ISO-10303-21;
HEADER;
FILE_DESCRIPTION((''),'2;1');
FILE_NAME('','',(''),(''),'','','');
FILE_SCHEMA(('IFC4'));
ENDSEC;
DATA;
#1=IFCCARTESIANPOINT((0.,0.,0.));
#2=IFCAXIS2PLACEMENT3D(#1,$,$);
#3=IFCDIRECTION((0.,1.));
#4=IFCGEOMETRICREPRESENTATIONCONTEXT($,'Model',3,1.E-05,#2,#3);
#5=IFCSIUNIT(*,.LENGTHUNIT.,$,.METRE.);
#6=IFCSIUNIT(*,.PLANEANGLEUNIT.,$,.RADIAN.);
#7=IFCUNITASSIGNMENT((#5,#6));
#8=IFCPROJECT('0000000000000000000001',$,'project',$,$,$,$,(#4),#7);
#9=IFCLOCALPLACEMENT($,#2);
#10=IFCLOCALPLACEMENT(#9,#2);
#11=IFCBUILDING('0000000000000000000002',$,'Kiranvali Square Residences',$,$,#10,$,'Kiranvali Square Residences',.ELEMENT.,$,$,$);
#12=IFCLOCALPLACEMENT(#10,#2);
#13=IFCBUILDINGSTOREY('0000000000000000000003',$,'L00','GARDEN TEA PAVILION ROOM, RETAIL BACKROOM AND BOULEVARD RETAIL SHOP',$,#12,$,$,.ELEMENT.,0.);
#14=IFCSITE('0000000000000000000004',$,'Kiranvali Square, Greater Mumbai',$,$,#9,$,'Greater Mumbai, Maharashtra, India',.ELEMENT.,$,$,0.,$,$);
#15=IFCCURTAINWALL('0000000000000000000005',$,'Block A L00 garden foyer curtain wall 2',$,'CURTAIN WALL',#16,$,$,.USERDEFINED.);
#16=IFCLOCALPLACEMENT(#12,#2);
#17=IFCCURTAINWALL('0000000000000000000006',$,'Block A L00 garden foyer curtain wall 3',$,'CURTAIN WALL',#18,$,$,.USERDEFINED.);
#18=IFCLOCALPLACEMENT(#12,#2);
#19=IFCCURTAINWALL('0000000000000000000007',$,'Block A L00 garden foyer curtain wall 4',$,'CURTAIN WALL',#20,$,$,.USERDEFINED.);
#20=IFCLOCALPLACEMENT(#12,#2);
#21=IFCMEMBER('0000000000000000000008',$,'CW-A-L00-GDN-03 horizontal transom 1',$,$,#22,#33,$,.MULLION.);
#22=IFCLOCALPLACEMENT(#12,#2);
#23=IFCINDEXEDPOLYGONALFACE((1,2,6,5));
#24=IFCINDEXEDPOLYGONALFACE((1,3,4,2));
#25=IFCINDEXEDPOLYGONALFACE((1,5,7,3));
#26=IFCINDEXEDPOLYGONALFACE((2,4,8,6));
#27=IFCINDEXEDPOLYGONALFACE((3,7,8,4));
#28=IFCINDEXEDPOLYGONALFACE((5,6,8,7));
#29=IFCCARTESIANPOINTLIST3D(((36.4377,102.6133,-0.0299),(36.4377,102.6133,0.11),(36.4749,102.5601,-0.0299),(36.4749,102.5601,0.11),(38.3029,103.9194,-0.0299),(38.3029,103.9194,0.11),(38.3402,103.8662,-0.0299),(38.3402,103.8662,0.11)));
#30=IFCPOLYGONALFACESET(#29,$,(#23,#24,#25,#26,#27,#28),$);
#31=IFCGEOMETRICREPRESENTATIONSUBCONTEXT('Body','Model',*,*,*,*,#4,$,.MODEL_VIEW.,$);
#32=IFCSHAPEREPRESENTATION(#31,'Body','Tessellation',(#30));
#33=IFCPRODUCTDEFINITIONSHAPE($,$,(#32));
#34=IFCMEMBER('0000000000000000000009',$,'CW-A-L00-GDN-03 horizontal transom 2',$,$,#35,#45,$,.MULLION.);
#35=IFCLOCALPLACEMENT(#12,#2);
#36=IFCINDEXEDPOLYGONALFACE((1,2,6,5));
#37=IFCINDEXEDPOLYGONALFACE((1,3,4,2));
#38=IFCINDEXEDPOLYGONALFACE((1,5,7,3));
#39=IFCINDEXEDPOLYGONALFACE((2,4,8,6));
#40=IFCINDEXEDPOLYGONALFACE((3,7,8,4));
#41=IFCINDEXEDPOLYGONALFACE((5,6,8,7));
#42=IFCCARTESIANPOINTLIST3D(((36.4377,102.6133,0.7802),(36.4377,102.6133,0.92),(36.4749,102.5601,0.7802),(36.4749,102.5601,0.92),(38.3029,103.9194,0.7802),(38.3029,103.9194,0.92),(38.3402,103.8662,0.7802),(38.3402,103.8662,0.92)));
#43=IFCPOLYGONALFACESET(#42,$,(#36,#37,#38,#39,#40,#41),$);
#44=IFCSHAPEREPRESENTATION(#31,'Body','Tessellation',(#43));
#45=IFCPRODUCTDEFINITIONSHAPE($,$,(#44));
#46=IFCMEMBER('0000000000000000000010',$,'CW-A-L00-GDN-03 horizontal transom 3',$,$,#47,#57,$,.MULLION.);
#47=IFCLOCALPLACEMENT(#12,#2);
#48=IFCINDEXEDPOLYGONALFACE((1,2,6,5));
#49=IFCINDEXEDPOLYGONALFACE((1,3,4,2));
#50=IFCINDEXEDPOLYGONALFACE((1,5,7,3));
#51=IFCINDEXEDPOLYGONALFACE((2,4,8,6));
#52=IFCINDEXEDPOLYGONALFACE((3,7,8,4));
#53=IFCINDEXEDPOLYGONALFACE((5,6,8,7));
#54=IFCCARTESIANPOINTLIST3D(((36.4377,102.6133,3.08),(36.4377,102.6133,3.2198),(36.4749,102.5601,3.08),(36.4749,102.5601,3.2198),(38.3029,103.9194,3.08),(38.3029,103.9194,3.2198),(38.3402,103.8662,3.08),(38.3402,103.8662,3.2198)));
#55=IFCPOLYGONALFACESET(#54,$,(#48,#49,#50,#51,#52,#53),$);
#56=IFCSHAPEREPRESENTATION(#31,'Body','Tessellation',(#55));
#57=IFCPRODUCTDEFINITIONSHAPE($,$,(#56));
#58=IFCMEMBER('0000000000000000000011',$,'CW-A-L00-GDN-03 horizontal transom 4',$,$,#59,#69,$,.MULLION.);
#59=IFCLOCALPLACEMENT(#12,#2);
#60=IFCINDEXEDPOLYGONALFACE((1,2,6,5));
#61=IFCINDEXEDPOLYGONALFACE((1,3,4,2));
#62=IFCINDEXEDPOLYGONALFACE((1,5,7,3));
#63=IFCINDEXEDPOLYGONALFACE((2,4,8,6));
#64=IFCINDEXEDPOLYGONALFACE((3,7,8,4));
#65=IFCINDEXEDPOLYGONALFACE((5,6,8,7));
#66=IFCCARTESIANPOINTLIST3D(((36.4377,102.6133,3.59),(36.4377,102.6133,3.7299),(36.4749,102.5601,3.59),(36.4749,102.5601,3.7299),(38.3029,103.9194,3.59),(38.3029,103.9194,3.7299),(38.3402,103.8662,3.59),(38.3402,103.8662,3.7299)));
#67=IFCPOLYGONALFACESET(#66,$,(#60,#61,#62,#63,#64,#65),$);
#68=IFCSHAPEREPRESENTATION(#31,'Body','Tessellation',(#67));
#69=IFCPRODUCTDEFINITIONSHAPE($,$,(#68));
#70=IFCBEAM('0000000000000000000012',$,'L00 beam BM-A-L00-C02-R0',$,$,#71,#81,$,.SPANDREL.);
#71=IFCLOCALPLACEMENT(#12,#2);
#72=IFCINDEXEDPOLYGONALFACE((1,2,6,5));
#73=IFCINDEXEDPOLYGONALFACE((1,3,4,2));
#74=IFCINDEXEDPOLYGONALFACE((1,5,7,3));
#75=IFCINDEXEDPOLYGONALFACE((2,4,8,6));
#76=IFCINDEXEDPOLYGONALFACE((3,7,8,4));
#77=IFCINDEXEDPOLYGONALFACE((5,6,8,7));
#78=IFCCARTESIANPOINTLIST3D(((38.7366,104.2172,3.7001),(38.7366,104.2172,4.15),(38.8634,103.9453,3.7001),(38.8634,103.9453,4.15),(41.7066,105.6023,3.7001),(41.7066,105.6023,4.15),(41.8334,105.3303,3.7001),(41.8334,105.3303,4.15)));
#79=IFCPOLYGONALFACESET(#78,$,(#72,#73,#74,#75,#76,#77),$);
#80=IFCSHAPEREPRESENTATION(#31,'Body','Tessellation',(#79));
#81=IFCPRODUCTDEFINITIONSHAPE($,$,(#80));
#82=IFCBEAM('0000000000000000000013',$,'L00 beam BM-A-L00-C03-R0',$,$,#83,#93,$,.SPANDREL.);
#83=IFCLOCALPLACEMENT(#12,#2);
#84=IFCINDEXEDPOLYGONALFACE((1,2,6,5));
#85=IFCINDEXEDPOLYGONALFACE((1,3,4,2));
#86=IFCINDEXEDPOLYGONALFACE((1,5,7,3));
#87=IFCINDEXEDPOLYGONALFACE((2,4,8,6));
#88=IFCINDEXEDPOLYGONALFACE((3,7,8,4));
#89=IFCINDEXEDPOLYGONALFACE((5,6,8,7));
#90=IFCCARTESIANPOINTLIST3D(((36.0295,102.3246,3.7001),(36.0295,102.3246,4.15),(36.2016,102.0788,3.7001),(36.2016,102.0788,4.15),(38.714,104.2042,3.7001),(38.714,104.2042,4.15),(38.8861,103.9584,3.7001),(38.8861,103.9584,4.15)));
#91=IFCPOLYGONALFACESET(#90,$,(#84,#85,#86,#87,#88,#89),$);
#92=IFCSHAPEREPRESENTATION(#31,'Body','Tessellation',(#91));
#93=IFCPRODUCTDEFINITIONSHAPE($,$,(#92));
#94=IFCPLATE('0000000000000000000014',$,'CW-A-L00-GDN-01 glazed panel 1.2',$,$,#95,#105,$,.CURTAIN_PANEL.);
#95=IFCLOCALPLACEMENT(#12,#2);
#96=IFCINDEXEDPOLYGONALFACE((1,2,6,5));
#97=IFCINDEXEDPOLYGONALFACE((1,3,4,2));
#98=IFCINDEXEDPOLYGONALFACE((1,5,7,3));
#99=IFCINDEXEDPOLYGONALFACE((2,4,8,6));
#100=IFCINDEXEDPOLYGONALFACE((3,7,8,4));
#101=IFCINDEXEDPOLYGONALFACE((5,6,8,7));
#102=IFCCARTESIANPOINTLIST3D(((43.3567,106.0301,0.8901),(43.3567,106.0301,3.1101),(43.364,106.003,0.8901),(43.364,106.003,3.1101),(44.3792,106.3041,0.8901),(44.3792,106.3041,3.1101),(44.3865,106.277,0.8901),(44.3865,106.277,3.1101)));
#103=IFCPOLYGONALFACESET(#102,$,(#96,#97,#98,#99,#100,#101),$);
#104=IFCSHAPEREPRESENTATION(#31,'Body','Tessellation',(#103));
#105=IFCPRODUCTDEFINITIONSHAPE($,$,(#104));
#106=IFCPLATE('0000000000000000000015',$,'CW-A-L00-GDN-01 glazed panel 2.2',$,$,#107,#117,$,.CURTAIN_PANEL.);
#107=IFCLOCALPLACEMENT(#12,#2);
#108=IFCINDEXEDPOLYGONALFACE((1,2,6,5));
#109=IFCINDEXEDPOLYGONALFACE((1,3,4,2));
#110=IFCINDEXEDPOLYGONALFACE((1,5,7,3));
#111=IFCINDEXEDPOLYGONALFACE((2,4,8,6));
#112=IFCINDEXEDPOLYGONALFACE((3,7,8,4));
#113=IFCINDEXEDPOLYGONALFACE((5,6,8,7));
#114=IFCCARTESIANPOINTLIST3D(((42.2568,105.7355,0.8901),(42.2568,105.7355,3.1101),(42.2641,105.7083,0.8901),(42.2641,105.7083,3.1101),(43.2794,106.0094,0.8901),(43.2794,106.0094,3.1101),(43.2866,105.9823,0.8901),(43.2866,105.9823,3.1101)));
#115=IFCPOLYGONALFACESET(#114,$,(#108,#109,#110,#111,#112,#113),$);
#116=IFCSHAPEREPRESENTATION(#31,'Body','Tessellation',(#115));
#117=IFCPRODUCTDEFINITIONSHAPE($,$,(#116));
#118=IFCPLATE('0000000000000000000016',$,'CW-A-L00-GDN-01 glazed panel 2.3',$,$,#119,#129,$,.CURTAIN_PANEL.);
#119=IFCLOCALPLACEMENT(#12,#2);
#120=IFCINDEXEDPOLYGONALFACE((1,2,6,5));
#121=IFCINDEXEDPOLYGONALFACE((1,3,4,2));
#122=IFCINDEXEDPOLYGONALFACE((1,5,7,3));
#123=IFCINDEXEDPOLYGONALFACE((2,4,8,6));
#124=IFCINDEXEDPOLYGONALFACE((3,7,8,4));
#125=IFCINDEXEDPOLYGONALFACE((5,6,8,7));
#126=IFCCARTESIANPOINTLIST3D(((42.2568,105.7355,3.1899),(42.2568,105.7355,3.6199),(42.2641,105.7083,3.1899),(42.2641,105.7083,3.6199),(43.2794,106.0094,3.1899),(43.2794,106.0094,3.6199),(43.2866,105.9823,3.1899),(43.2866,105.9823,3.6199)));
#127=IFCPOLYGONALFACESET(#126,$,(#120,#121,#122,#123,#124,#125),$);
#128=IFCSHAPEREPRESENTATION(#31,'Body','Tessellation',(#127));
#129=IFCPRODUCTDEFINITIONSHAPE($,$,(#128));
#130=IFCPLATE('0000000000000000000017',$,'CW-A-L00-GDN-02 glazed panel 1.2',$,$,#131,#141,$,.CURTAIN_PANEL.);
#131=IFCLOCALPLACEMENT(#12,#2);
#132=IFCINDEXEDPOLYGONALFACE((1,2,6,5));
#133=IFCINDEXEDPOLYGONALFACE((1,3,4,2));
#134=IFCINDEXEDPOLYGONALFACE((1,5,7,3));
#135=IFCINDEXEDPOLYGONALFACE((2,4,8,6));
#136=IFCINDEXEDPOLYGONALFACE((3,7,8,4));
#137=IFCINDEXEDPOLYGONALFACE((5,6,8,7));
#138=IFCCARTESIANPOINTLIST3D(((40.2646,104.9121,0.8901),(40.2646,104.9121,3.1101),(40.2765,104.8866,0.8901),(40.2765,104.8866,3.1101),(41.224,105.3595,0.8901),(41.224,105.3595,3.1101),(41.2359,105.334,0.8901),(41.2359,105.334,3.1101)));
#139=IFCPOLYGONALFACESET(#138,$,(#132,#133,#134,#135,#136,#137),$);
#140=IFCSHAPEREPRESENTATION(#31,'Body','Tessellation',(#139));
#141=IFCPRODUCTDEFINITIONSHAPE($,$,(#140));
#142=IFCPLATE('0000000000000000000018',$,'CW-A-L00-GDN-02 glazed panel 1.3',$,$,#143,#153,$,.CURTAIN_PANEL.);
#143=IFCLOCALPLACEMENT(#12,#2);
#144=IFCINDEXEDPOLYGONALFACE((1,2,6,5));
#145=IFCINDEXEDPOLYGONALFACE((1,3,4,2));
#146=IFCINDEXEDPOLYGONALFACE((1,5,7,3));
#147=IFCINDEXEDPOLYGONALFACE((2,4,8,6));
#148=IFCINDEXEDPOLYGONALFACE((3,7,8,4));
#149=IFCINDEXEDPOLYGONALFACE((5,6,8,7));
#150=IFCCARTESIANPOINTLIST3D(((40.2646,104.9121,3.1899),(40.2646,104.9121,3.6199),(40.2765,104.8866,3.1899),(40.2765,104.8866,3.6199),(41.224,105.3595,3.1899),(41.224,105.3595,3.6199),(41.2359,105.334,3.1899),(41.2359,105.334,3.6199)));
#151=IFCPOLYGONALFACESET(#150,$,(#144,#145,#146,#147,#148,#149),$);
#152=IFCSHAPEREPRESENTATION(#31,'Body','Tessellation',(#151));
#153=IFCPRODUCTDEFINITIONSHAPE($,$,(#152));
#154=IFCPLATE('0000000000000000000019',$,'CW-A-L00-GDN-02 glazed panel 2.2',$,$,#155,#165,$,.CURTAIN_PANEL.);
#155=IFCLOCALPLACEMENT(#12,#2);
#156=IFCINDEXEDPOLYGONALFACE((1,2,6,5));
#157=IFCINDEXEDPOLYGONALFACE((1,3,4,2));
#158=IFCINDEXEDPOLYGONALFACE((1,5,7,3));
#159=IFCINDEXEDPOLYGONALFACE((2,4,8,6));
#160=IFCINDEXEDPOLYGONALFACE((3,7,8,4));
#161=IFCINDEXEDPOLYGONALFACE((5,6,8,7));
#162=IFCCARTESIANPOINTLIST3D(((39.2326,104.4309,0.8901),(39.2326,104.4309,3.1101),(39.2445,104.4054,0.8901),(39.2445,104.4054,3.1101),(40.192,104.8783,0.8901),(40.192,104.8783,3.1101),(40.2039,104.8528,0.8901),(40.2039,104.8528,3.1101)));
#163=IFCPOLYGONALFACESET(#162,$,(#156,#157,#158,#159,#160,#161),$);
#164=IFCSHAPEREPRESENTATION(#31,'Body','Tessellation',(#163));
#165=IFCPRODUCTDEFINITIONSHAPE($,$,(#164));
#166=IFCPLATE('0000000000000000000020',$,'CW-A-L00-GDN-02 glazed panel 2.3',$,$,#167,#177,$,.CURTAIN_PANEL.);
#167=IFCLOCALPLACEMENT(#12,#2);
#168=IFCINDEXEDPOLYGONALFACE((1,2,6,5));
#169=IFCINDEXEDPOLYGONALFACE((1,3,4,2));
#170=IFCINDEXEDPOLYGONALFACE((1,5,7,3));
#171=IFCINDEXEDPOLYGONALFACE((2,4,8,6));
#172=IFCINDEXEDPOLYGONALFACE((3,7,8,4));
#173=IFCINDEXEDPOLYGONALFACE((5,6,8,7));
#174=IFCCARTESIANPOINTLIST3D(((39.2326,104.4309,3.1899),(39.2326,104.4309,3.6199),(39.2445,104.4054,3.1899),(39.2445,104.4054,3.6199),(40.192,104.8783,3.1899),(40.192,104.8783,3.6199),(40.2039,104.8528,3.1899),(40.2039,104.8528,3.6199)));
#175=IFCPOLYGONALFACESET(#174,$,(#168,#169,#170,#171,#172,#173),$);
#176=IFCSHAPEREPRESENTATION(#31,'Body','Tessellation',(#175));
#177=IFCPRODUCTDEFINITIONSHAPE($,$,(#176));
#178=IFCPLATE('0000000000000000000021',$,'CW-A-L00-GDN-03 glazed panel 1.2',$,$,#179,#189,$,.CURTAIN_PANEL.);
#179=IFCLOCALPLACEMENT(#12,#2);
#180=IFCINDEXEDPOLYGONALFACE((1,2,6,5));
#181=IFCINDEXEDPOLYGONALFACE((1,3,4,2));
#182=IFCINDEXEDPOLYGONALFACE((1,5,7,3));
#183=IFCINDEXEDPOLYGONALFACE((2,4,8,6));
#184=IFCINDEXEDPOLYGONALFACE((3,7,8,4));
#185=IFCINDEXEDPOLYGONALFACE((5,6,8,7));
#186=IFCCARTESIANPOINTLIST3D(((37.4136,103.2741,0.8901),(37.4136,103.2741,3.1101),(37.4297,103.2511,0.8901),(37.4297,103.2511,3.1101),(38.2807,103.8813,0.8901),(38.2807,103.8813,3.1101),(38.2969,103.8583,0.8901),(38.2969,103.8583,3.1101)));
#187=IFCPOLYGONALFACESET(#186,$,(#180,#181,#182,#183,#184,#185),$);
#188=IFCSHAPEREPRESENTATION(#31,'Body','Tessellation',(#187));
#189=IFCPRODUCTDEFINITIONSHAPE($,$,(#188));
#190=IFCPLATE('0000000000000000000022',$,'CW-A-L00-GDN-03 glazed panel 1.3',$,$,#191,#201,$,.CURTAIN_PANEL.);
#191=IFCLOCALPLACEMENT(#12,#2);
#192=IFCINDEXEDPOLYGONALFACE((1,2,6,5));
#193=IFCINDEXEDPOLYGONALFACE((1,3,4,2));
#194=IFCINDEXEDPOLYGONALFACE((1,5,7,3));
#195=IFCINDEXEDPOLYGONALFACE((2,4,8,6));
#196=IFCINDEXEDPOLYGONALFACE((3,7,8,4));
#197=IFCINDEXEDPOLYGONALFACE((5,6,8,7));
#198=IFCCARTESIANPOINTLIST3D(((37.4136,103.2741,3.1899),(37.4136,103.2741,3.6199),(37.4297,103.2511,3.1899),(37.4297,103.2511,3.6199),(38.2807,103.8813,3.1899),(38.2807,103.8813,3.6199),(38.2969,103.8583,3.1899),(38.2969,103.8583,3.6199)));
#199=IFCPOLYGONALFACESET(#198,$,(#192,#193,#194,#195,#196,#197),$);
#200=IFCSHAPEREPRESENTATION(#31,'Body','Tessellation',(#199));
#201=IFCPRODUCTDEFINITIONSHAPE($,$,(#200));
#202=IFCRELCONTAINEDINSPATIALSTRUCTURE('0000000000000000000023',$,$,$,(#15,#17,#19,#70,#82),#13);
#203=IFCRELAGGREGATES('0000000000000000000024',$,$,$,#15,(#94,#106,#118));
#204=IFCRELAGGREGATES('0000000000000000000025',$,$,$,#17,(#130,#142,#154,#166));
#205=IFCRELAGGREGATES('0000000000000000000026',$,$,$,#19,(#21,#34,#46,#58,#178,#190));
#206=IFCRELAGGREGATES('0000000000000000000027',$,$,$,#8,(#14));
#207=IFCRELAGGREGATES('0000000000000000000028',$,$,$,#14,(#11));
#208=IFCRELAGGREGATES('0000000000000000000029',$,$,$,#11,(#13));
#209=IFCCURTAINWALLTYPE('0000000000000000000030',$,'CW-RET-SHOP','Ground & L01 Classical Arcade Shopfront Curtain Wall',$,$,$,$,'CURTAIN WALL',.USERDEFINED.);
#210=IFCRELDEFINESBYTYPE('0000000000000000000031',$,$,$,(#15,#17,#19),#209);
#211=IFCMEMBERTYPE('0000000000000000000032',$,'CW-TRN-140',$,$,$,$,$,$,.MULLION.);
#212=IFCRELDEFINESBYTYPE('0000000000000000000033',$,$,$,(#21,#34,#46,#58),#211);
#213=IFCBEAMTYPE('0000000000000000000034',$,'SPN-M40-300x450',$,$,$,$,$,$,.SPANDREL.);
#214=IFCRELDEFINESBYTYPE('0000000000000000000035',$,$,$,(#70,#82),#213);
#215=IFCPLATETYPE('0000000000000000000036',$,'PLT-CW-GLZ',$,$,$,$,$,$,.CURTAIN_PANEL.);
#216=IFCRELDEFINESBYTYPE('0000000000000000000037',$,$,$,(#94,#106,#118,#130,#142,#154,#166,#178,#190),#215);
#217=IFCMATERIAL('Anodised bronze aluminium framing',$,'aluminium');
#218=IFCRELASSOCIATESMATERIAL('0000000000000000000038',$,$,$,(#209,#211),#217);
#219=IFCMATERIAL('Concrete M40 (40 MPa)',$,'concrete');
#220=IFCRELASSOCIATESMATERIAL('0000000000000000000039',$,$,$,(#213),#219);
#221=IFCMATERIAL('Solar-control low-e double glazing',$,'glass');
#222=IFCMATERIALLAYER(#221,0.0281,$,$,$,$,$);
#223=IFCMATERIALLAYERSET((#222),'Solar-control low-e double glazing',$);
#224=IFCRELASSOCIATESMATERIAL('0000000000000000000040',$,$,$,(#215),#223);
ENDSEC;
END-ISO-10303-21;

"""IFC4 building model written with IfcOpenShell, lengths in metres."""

from ifc_helpers import new_model, si_unit, direction, frame, origin, origin_2d, place, context, subcontext, project, spatial, rectangle, extrude, material, layer, layer_set, material_profile, profile_set, type_object, element, aggregate, save


model = new_model("IFC4")

# Units and contexts
model_context = context("Model", 3, precision=1e-05, world=origin(), true_north=direction((0.0, 1.0)))
body_context = subcontext(model_context, "Body", "Model", "MODEL_VIEW")
ifc_project = project(units=[si_unit("LENGTHUNIT", "METRE"), si_unit("PLANEANGLEUNIT", "RADIAN")], contexts=[model_context])

# Site, building, storey
site_placement = place(None, origin())
site = spatial("IfcSite", under=ifc_project, at=site_placement, Name="Kiranvali Square, Greater Mumbai", LongName="Greater Mumbai, Maharashtra, India", CompositionType="ELEMENT", RefElevation=0.0)
building_placement = place(site_placement, origin())
building = spatial("IfcBuilding", under=site, at=building_placement, Name="Kiranvali Square Residences", LongName="Kiranvali Square Residences", CompositionType="ELEMENT")
storey_placement = place(building_placement, origin())
storey = spatial("IfcBuildingStorey", under=building, at=storey_placement, Name="L00", Description="GARDEN TEA PAVILION ROOM, RETAIL BACKROOM AND BOULEVARD RETAIL SHOP", CompositionType="ELEMENT", Elevation=0.0)

# Curtain walls
ifc_material_1 = material(Name="Anodised bronze aluminium framing", Category="aluminium")
curtain_wall_type = type_object("IfcCurtainWallType", Name="CW-RET-SHOP", Description="Ground & L01 Classical Arcade Shopfront Curtain Wall", ElementType="CURTAIN WALL", PredefinedType="USERDEFINED", material=ifc_material_1)
curtain_wall_1_placement = place(storey_placement, origin())
curtain_wall_1 = element("IfcCurtainWall", 1, at=curtain_wall_1_placement, inside=storey, type_object=curtain_wall_type, Name="Block A L00 garden foyer curtain wall 2", ObjectType="CURTAIN WALL", PredefinedType="USERDEFINED")
curtain_wall_2_placement = place(storey_placement, origin())
curtain_wall_2 = element("IfcCurtainWall", 2, at=curtain_wall_2_placement, inside=storey, type_object=curtain_wall_type, Name="Block A L00 garden foyer curtain wall 3", ObjectType="CURTAIN WALL", PredefinedType="USERDEFINED")

# Curtain wall
curtain_wall_3_placement = place(storey_placement, origin())
curtain_wall_3 = element("IfcCurtainWall", 3, at=curtain_wall_3_placement, inside=storey, type_object=curtain_wall_type, Name="Block A L00 garden foyer curtain wall 4", ObjectType="CURTAIN WALL", PredefinedType="USERDEFINED")

# Members
ifc_material_profile_1 = material_profile(ifc_material_1, rectangle(XDim=0.0649, YDim=0.1399, at=origin_2d()), Name="ALU 65x140")
ifc_profile_set_1 = profile_set([ifc_material_profile_1], Name="Anodised bronze aluminium framing")
member_type_1 = type_object("IfcMemberType", Name="CW-TRN-140", PredefinedType="MULLION", material=ifc_profile_set_1)
member_1_placement = place(storey_placement, frame((38.3215, 103.8928, 0.04), z_axis=(-0.819131, -0.573606, 0.0), x_axis=(0.573606, -0.819131, 0.0)))
member_1 = element("IfcMember", 4, at=member_1_placement, type_object=member_type_1, Name="CW-A-L00-GDN-03 horizontal transom 1", PredefinedType="MULLION", context=body_context, shape_type="SweptSolid", body=[
    extrude(rectangle(XDim=0.0649, YDim=0.1399, at=origin_2d()), origin(), (0.0, 0.0, 1.0), 2.2771),
])
member_2_placement = place(storey_placement, frame((38.3215, 103.8928, 0.8501), z_axis=(-0.819131, -0.573606, 0.0), x_axis=(0.573606, -0.819131, 0.0)))
member_2 = element("IfcMember", 5, at=member_2_placement, type_object=member_type_1, Name="CW-A-L00-GDN-03 horizontal transom 2", PredefinedType="MULLION", context=body_context, shape_type="SweptSolid", body=[
    extrude(rectangle(XDim=0.0649, YDim=0.1399, at=origin_2d()), origin(), (0.0, 0.0, 1.0), 2.2771),
])
member_3_placement = place(storey_placement, frame((38.3215, 103.8928, 3.1499), z_axis=(-0.819131, -0.573606, 0.0), x_axis=(0.573606, -0.819131, 0.0)))
member_3 = element("IfcMember", 6, at=member_3_placement, type_object=member_type_1, Name="CW-A-L00-GDN-03 horizontal transom 3", PredefinedType="MULLION", context=body_context, shape_type="SweptSolid", body=[
    extrude(rectangle(XDim=0.0649, YDim=0.1399, at=origin_2d()), origin(), (0.0, 0.0, 1.0), 2.2771),
])
member_4_placement = place(storey_placement, frame((38.3215, 103.8928, 3.6599), z_axis=(-0.819131, -0.573606, 0.0), x_axis=(0.573606, -0.819131, 0.0)))
member_4 = element("IfcMember", 7, at=member_4_placement, type_object=member_type_1, Name="CW-A-L00-GDN-03 horizontal transom 4", PredefinedType="MULLION", context=body_context, shape_type="SweptSolid", body=[
    extrude(rectangle(XDim=0.0649, YDim=0.1399, at=origin_2d()), origin(), (0.0, 0.0, 1.0), 2.2771),
])

# Beams
ifc_material_2 = material(Name="Concrete M40 (40 MPa)", Category="concrete")
ifc_material_profile_2 = material_profile(ifc_material_2, rectangle(XDim=0.3, YDim=0.45, at=origin_2d()), Name="RC 300x450")
ifc_profile_set_2 = profile_set([ifc_material_profile_2], Name="Concrete M40 (40 MPa)")
beam_type_1 = type_object("IfcBeamType", Name="SPN-M40-300x450", PredefinedType="SPANDREL", material=ifc_profile_set_2)
for number, where, z_axis, x_axis, name in (
    (8, (41.77, 105.4663, 3.925), (-0.906297, -0.422641, 0.0), (0.422641, -0.906297, 0.0), "L00 beam BM-A-L00-C02-R0"),
    (9, (38.8, 104.0813, 3.925), (-0.819169, -0.573552, 0.0), (0.573552, -0.819169, 0.0), "L00 beam BM-A-L00-C03-R0"),
):
    element("IfcBeam", number, at=place(storey_placement, frame(where, z_axis=z_axis, x_axis=x_axis)), inside=storey, type_object=beam_type_1, Name=name, PredefinedType="SPANDREL", context=body_context, shape_type="SweptSolid", body=[
        extrude(rectangle(XDim=0.3, YDim=0.45, at=origin_2d()), origin(), (0.0, 0.0, 1.0), 3.2771),
    ])

# Plates
ifc_material_3 = material(Name="Solar-control low-e double glazing", Category="glass")
ifc_layer_1 = layer(ifc_material_3, 0.0281)
ifc_layer_set_1 = layer_set([ifc_layer_1], Name="Solar-control low-e double glazing")
plate_type_1 = type_object("IfcPlateType", Name="PLT-CW-GLZ", PredefinedType="CURTAIN_PANEL", material=ifc_layer_set_1)
plate_1_placement = place(storey_placement, frame((43.8716, 106.1536, 0.8901), z_axis=(0.0, 0.0, 1.0), x_axis=(-0.965926, -0.258819, 0.0)))
plate_1 = element("IfcPlate", 10, at=plate_1_placement, type_object=plate_type_1, Name="CW-A-L00-GDN-01 glazed panel 1.2", PredefinedType="CURTAIN_PANEL", context=body_context, shape_type="SweptSolid", body=[
    extrude(rectangle(XDim=1.0586, YDim=0.0281, at=origin_2d()), origin(), (0.0, 0.0, 1.0), 2.22),
])
plate_2_placement = place(storey_placement, frame((42.7717, 105.8589, 0.8901), z_axis=(0.0, 0.0, 1.0), x_axis=(-0.965926, -0.258819, 0.0)))
plate_2 = element("IfcPlate", 11, at=plate_2_placement, type_object=plate_type_1, Name="CW-A-L00-GDN-01 glazed panel 2.2", PredefinedType="CURTAIN_PANEL", context=body_context, shape_type="SweptSolid", body=[
    extrude(rectangle(XDim=1.0586, YDim=0.0281, at=origin_2d()), origin(), (0.0, 0.0, 1.0), 2.22),
])
plate_3_placement = place(storey_placement, frame((42.7717, 105.8589, 3.1899), z_axis=(0.0, 0.0, 1.0), x_axis=(-0.965926, -0.258819, 0.0)))
plate_3 = element("IfcPlate", 12, at=plate_3_placement, type_object=plate_type_1, Name="CW-A-L00-GDN-01 glazed panel 2.3", PredefinedType="CURTAIN_PANEL", context=body_context, shape_type="SweptSolid", body=[
    extrude(rectangle(XDim=1.0586, YDim=0.0281, at=origin_2d()), origin(), (0.0, 0.0, 1.0), 0.4299),
])
plate_4_placement = place(storey_placement, frame((40.7502, 105.123, 0.8901), z_axis=(0.0, 0.0, 1.0), x_axis=(-0.906308, -0.422618, 0.0)))
plate_4 = element("IfcPlate", 13, at=plate_4_placement, type_object=plate_type_1, Name="CW-A-L00-GDN-02 glazed panel 1.2", PredefinedType="CURTAIN_PANEL", context=body_context, shape_type="SweptSolid", body=[
    extrude(rectangle(XDim=1.0586, YDim=0.0281, at=origin_2d()), origin(), (0.0, 0.0, 1.0), 2.22),
])
plate_5_placement = place(storey_placement, frame((40.7502, 105.123, 3.1899), z_axis=(0.0, 0.0, 1.0), x_axis=(-0.906308, -0.422618, 0.0)))
plate_5 = element("IfcPlate", 14, at=plate_5_placement, type_object=plate_type_1, Name="CW-A-L00-GDN-02 glazed panel 1.3", PredefinedType="CURTAIN_PANEL", context=body_context, shape_type="SweptSolid", body=[
    extrude(rectangle(XDim=1.0586, YDim=0.0281, at=origin_2d()), origin(), (0.0, 0.0, 1.0), 0.4299),
])
plate_6_placement = place(storey_placement, frame((39.7183, 104.6418, 0.8901), z_axis=(0.0, 0.0, 1.0), x_axis=(-0.906308, -0.422618, 0.0)))
plate_6 = element("IfcPlate", 15, at=plate_6_placement, type_object=plate_type_1, Name="CW-A-L00-GDN-02 glazed panel 2.2", PredefinedType="CURTAIN_PANEL", context=body_context, shape_type="SweptSolid", body=[
    extrude(rectangle(XDim=1.0586, YDim=0.0281, at=origin_2d()), origin(), (0.0, 0.0, 1.0), 2.22),
])
plate_7_placement = place(storey_placement, frame((39.7183, 104.6418, 3.1899), z_axis=(0.0, 0.0, 1.0), x_axis=(-0.906308, -0.422618, 0.0)))
plate_7 = element("IfcPlate", 16, at=plate_7_placement, type_object=plate_type_1, Name="CW-A-L00-GDN-02 glazed panel 2.3", PredefinedType="CURTAIN_PANEL", context=body_context, shape_type="SweptSolid", body=[
    extrude(rectangle(XDim=1.0586, YDim=0.0281, at=origin_2d()), origin(), (0.0, 0.0, 1.0), 0.4299),
])
plate_8_placement = place(storey_placement, frame((37.8552, 103.5662, 0.8901), z_axis=(0.0, 0.0, 1.0), x_axis=(-0.819152, -0.573576, 0.0)))
plate_8 = element("IfcPlate", 17, at=plate_8_placement, type_object=plate_type_1, Name="CW-A-L00-GDN-03 glazed panel 1.2", PredefinedType="CURTAIN_PANEL", context=body_context, shape_type="SweptSolid", body=[
    extrude(rectangle(XDim=1.0586, YDim=0.0281, at=origin_2d()), origin(), (0.0, 0.0, 1.0), 2.22),
])
plate_9_placement = place(storey_placement, frame((37.8552, 103.5662, 3.1899), z_axis=(0.0, 0.0, 1.0), x_axis=(-0.819152, -0.573576, 0.0)))
plate_9 = element("IfcPlate", 18, at=plate_9_placement, type_object=plate_type_1, Name="CW-A-L00-GDN-03 glazed panel 1.3", PredefinedType="CURTAIN_PANEL", context=body_context, shape_type="SweptSolid", body=[
    extrude(rectangle(XDim=1.0586, YDim=0.0281, at=origin_2d()), origin(), (0.0, 0.0, 1.0), 0.4299),
])
aggregate(curtain_wall_1, [plate_1, plate_2, plate_3])
aggregate(curtain_wall_2, [plate_4, plate_5, plate_6, plate_7])
aggregate(curtain_wall_3, [member_1, member_2, member_3, member_4, plate_8, plate_9])

save(model, "model.ifc")
